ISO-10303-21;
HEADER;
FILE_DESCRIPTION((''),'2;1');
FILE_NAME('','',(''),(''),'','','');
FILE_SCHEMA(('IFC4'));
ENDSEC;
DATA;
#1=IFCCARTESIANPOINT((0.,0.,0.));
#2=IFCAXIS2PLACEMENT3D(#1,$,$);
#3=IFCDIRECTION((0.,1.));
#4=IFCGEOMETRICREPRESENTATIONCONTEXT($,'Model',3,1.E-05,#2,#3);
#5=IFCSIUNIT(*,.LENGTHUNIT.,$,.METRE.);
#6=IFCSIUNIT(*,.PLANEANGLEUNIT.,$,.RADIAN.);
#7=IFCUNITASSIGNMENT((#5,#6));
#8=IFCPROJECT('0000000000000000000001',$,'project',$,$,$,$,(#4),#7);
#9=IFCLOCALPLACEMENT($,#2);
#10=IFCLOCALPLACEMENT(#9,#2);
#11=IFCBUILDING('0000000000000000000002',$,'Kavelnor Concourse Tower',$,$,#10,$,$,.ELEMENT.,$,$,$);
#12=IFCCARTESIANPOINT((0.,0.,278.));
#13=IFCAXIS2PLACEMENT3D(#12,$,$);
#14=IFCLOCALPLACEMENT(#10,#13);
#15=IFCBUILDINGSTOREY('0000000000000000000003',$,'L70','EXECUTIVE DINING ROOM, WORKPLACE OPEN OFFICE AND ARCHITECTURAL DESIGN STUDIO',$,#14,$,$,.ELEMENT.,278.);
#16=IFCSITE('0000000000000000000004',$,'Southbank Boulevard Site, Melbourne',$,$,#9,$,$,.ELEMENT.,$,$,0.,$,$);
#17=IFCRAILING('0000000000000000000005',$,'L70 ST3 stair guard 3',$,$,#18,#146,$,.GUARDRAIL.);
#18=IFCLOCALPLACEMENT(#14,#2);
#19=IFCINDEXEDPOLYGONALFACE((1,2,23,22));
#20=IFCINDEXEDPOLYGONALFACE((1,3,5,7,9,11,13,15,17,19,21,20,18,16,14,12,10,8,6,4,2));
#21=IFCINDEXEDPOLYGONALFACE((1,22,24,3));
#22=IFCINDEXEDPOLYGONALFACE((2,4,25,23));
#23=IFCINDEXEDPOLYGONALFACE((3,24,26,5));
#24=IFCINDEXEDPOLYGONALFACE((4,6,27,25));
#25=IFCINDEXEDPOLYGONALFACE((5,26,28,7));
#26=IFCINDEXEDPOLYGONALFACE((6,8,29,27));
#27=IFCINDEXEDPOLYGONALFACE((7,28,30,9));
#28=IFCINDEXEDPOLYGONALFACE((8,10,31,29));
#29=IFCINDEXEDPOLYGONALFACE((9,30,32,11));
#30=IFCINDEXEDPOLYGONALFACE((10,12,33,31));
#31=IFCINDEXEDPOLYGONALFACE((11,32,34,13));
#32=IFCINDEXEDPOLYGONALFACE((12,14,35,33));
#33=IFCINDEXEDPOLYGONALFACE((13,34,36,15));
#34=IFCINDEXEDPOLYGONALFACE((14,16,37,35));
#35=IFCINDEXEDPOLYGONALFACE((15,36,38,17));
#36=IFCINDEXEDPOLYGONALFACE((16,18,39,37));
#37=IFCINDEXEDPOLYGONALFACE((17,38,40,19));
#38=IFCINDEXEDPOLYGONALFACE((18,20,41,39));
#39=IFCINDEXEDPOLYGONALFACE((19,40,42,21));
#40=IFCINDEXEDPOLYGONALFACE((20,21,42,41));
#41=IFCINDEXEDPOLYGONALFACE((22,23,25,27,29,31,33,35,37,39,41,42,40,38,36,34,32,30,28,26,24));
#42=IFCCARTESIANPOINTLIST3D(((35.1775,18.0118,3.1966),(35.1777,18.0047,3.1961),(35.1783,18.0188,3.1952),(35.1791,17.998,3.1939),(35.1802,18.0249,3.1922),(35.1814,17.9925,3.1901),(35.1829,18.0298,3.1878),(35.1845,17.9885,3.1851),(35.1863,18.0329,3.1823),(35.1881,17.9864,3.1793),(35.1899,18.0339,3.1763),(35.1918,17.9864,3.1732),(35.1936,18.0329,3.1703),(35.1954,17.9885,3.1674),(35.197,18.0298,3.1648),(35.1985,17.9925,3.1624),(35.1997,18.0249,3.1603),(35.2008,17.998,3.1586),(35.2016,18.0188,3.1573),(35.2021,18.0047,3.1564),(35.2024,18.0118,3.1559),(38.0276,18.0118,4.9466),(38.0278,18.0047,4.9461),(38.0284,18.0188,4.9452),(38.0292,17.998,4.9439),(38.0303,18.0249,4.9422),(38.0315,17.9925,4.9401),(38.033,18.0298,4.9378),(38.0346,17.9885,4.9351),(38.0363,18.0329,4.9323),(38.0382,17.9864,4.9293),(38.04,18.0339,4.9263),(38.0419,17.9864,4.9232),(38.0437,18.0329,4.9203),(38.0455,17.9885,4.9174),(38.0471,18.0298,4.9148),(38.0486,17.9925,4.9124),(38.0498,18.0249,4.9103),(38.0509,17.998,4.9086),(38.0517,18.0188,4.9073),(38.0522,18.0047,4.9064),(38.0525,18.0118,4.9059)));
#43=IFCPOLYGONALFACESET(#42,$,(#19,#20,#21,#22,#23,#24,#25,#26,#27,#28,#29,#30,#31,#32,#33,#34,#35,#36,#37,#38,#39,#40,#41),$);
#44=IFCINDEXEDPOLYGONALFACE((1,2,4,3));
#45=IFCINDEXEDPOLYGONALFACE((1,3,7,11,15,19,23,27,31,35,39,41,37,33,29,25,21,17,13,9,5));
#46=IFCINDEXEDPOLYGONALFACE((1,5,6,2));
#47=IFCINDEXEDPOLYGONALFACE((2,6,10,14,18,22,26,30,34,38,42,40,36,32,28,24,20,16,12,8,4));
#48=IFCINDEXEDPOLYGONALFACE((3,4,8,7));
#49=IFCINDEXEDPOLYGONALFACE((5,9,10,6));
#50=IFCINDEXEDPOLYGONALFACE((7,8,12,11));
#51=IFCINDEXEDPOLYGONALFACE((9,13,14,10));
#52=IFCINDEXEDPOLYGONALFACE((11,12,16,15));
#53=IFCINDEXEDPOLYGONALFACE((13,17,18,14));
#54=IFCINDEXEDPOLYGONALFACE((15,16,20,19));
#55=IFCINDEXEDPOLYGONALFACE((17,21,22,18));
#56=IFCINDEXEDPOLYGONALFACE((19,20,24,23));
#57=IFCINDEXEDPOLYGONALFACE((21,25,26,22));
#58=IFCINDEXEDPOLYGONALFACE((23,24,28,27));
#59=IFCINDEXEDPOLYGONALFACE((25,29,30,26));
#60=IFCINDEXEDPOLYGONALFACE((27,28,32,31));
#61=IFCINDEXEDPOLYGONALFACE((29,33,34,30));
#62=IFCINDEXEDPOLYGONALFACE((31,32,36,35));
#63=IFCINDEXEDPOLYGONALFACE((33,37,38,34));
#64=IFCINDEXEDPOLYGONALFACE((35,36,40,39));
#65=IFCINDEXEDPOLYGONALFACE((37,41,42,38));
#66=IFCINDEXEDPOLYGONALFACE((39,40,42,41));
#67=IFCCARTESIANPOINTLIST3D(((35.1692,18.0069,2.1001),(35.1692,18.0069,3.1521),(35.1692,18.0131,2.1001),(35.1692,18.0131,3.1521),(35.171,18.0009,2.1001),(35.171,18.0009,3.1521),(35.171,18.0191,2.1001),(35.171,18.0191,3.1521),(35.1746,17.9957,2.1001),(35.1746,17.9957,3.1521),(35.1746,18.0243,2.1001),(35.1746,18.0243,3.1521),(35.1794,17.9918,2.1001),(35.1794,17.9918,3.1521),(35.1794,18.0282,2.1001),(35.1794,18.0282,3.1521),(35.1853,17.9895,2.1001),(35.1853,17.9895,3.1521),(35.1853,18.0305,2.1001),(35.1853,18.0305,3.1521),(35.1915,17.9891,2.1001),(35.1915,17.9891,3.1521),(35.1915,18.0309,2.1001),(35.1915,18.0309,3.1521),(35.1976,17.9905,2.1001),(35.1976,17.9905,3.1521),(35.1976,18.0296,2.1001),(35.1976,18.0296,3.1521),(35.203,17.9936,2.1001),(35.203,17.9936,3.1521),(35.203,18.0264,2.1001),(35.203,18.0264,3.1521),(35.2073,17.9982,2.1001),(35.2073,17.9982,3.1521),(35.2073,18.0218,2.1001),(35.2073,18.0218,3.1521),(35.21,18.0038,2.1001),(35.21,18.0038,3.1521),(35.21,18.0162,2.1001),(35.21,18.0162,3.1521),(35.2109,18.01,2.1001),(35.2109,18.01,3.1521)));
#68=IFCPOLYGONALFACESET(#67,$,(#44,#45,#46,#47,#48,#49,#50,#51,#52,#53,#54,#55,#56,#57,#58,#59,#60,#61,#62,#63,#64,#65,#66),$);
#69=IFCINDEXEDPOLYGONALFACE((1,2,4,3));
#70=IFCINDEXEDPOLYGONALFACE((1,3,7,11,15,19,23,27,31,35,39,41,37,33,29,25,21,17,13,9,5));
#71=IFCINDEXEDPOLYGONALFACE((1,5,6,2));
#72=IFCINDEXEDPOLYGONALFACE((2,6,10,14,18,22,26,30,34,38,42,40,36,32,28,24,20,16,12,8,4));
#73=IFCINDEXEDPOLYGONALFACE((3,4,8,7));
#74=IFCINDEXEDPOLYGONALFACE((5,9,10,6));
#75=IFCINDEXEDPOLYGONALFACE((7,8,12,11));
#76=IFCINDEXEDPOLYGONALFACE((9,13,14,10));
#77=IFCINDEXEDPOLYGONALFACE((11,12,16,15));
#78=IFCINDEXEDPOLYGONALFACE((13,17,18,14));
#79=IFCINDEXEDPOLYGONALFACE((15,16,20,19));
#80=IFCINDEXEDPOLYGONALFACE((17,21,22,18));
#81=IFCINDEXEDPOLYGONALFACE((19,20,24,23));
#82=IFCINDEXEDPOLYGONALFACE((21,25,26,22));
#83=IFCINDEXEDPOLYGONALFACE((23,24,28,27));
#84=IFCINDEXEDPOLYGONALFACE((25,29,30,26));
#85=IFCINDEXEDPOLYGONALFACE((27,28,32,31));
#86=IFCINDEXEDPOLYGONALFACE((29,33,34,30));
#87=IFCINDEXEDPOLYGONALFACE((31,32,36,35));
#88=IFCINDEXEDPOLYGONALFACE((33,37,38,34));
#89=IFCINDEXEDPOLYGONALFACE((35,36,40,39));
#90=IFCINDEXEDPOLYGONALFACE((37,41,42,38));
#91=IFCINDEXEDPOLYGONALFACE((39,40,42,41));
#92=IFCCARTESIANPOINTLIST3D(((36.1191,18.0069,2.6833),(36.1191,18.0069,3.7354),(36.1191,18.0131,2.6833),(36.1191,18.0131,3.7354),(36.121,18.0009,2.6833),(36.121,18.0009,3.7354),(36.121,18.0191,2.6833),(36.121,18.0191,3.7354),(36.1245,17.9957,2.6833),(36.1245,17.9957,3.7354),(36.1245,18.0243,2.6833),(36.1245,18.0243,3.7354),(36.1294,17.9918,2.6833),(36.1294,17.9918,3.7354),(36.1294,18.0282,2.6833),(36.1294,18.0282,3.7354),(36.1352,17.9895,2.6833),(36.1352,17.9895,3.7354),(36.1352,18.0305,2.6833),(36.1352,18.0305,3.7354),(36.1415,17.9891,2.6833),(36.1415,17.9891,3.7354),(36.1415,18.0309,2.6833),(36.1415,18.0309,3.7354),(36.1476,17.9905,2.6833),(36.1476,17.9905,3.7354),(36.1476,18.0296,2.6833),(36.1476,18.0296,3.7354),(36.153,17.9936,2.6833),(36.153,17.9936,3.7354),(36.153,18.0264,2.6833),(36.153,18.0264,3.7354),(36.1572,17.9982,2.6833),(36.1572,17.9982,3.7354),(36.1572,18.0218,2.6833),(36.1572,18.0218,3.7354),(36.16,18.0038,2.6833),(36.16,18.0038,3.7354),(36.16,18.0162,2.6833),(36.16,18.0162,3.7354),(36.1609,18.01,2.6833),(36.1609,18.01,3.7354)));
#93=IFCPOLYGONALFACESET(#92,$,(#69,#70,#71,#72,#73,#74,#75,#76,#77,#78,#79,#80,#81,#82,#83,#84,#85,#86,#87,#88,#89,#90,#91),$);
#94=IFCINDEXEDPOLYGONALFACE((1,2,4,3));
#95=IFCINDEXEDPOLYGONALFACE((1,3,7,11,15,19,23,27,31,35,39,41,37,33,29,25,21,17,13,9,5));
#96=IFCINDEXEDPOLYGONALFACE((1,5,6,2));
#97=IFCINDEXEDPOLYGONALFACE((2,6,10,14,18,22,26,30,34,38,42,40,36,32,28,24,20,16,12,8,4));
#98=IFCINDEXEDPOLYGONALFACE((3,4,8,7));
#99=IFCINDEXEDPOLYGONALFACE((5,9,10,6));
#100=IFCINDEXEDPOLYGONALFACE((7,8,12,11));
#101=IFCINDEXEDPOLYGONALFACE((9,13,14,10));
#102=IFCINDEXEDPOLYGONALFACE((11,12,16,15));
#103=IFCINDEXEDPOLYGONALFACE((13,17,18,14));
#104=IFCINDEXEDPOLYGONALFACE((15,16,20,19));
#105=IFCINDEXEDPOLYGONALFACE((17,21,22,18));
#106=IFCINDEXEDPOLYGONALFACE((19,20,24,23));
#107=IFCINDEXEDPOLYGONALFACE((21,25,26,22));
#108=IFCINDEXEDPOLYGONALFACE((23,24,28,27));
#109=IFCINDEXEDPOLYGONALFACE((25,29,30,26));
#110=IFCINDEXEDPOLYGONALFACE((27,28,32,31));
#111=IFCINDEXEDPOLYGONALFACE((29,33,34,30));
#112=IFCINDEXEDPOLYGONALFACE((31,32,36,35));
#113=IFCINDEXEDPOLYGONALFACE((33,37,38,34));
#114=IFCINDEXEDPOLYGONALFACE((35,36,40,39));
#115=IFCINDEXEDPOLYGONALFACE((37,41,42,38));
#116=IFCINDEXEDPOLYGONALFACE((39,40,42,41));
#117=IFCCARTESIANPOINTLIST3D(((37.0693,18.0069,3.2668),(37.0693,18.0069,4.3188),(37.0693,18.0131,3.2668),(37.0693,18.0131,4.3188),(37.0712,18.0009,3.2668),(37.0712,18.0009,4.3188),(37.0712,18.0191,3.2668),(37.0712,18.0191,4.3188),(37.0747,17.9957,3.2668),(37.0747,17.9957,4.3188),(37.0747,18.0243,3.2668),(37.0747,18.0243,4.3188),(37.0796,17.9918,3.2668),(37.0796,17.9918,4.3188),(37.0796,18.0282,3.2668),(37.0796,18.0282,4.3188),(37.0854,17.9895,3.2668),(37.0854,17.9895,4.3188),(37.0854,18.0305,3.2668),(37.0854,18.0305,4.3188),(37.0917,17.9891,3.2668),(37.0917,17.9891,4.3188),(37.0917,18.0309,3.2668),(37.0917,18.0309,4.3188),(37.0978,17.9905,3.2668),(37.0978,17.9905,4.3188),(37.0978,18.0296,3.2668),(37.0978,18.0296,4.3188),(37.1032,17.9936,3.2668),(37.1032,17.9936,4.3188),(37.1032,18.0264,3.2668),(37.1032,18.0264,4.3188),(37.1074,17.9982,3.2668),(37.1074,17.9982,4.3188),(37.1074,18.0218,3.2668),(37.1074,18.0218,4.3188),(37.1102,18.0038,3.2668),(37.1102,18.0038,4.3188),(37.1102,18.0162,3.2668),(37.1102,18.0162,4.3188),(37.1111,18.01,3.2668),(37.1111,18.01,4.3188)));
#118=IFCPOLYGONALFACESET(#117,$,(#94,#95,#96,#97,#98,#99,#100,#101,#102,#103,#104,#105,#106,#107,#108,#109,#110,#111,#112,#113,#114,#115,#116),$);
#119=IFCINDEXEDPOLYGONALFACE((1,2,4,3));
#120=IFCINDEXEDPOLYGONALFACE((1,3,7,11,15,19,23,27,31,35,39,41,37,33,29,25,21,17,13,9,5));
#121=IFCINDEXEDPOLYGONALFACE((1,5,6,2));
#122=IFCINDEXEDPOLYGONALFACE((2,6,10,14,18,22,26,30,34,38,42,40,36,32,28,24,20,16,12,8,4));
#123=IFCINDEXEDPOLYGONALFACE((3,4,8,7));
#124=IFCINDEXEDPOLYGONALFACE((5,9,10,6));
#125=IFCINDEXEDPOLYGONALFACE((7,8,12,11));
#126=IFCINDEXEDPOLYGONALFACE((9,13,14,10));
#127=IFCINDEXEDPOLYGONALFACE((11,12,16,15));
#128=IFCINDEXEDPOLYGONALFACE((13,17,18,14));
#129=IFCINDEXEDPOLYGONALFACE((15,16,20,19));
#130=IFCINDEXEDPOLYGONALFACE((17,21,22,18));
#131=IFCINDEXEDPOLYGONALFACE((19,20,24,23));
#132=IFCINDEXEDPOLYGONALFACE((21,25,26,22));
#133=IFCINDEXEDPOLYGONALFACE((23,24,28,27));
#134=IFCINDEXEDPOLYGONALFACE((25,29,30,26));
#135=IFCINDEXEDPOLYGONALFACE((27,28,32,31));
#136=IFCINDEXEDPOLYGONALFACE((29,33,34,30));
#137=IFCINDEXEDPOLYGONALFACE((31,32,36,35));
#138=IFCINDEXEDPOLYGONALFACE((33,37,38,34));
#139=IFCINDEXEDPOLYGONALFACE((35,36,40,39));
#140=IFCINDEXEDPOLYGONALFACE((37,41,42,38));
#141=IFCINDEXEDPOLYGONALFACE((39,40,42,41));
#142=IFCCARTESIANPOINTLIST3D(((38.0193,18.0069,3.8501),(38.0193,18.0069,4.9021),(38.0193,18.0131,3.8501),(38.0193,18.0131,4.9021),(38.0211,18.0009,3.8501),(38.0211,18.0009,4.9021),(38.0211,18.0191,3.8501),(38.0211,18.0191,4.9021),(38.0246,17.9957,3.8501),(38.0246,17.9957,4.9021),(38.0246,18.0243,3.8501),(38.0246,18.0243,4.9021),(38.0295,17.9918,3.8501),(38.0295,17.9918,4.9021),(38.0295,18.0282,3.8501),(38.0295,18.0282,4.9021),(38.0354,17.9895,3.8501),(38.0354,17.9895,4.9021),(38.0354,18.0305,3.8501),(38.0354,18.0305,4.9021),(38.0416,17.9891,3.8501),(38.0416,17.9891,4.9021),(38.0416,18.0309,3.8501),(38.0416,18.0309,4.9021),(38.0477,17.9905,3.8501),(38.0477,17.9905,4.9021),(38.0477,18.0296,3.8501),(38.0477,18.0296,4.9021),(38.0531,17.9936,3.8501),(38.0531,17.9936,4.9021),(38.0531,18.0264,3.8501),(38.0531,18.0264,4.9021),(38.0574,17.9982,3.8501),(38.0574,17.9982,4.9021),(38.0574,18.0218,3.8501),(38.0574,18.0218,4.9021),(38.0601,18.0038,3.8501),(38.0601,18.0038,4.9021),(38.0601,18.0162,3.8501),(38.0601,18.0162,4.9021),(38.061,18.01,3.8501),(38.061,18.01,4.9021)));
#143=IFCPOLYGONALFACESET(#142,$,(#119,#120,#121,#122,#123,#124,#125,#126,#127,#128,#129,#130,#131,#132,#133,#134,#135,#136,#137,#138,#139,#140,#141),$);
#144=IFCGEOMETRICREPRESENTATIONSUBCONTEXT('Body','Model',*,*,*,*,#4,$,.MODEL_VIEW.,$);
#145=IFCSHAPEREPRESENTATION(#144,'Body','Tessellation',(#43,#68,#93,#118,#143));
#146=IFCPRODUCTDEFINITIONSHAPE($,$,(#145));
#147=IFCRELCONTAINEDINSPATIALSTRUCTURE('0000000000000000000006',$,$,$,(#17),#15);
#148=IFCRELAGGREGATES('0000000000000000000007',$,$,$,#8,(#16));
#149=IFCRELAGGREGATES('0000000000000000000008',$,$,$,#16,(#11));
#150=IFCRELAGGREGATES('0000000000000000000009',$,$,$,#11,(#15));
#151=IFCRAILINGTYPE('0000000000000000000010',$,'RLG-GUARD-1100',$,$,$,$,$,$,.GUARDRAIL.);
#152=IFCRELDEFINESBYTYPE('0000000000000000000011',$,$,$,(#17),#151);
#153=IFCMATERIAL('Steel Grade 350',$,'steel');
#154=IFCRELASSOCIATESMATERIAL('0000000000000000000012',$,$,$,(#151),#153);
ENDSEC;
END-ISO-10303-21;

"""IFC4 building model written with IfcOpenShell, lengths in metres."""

from ifc_helpers import new_model, si_unit, direction, frame, origin, origin_2d, place, context, subcontext, project, spatial, circle, extrude, material, type_object, element, save


model = new_model("IFC4")

# Units and contexts
model_context = context("Model", 3, precision=1e-05, world=origin(), true_north=direction((0.0, 1.0)))
body_context = subcontext(model_context, "Body", "Model", "MODEL_VIEW")
ifc_project = project(units=[si_unit("LENGTHUNIT", "METRE"), si_unit("PLANEANGLEUNIT", "RADIAN")], contexts=[model_context])

# Site, building, storey
site_placement = place(None, origin())
site = spatial("IfcSite", under=ifc_project, at=site_placement, Name="Southbank Boulevard Site, Melbourne", CompositionType="ELEMENT", RefElevation=0.0)
building_placement = place(site_placement, origin())
building = spatial("IfcBuilding", under=site, at=building_placement, Name="Kavelnor Concourse Tower", CompositionType="ELEMENT")
storey_placement = place(building_placement, frame((0.0, 0.0, 278.0)))
storey = spatial("IfcBuildingStorey", under=building, at=storey_placement, Name="L70", Description="EXECUTIVE DINING ROOM, WORKPLACE OPEN OFFICE AND ARCHITECTURAL DESIGN STUDIO", CompositionType="ELEMENT", Elevation=278.0)

# Shared definitions
ifc_material_1 = material(Name="Steel Grade 350", Category="steel")

# Railing
railing_type_1 = type_object("IfcRailingType", Name="RLG-GUARD-1100", PredefinedType="GUARDRAIL", material=ifc_material_1)
railing_1_placement = place(storey_placement, frame((35.1899, 18.01, 2.1001)))
element("IfcRailing", 1, at=railing_1_placement, inside=storey, type_object=railing_type_1, Name="L70 ST3 stair guard 3", PredefinedType="GUARDRAIL", context=body_context, shape_type="SweptSolid", body=[
    extrude(circle(Radius=0.0239, at=origin_2d()), frame((0.0, 0.0, 1.0762), z_axis=(0.852179, 0.0, 0.52325), x_axis=(0.0, 1.0, 0.0)), (0.0, 0.0, 1.0), 3.3445),
    extrude(circle(Radius=0.021, at=origin_2d()), origin(), (0.0, 0.0, 1.0), 1.052),
    extrude(circle(Radius=0.021, at=origin_2d()), frame((0.95, 0.0, 0.5833)), (0.0, 0.0, 1.0), 1.052),
    extrude(circle(Radius=0.021, at=origin_2d()), frame((1.9001, 0.0, 1.1667)), (0.0, 0.0, 1.0), 1.052),
    extrude(circle(Radius=0.021, at=origin_2d()), frame((2.8501, 0.0, 1.75)), (0.0, 0.0, 1.0), 1.052),
])

save(model, "model.ifc")
